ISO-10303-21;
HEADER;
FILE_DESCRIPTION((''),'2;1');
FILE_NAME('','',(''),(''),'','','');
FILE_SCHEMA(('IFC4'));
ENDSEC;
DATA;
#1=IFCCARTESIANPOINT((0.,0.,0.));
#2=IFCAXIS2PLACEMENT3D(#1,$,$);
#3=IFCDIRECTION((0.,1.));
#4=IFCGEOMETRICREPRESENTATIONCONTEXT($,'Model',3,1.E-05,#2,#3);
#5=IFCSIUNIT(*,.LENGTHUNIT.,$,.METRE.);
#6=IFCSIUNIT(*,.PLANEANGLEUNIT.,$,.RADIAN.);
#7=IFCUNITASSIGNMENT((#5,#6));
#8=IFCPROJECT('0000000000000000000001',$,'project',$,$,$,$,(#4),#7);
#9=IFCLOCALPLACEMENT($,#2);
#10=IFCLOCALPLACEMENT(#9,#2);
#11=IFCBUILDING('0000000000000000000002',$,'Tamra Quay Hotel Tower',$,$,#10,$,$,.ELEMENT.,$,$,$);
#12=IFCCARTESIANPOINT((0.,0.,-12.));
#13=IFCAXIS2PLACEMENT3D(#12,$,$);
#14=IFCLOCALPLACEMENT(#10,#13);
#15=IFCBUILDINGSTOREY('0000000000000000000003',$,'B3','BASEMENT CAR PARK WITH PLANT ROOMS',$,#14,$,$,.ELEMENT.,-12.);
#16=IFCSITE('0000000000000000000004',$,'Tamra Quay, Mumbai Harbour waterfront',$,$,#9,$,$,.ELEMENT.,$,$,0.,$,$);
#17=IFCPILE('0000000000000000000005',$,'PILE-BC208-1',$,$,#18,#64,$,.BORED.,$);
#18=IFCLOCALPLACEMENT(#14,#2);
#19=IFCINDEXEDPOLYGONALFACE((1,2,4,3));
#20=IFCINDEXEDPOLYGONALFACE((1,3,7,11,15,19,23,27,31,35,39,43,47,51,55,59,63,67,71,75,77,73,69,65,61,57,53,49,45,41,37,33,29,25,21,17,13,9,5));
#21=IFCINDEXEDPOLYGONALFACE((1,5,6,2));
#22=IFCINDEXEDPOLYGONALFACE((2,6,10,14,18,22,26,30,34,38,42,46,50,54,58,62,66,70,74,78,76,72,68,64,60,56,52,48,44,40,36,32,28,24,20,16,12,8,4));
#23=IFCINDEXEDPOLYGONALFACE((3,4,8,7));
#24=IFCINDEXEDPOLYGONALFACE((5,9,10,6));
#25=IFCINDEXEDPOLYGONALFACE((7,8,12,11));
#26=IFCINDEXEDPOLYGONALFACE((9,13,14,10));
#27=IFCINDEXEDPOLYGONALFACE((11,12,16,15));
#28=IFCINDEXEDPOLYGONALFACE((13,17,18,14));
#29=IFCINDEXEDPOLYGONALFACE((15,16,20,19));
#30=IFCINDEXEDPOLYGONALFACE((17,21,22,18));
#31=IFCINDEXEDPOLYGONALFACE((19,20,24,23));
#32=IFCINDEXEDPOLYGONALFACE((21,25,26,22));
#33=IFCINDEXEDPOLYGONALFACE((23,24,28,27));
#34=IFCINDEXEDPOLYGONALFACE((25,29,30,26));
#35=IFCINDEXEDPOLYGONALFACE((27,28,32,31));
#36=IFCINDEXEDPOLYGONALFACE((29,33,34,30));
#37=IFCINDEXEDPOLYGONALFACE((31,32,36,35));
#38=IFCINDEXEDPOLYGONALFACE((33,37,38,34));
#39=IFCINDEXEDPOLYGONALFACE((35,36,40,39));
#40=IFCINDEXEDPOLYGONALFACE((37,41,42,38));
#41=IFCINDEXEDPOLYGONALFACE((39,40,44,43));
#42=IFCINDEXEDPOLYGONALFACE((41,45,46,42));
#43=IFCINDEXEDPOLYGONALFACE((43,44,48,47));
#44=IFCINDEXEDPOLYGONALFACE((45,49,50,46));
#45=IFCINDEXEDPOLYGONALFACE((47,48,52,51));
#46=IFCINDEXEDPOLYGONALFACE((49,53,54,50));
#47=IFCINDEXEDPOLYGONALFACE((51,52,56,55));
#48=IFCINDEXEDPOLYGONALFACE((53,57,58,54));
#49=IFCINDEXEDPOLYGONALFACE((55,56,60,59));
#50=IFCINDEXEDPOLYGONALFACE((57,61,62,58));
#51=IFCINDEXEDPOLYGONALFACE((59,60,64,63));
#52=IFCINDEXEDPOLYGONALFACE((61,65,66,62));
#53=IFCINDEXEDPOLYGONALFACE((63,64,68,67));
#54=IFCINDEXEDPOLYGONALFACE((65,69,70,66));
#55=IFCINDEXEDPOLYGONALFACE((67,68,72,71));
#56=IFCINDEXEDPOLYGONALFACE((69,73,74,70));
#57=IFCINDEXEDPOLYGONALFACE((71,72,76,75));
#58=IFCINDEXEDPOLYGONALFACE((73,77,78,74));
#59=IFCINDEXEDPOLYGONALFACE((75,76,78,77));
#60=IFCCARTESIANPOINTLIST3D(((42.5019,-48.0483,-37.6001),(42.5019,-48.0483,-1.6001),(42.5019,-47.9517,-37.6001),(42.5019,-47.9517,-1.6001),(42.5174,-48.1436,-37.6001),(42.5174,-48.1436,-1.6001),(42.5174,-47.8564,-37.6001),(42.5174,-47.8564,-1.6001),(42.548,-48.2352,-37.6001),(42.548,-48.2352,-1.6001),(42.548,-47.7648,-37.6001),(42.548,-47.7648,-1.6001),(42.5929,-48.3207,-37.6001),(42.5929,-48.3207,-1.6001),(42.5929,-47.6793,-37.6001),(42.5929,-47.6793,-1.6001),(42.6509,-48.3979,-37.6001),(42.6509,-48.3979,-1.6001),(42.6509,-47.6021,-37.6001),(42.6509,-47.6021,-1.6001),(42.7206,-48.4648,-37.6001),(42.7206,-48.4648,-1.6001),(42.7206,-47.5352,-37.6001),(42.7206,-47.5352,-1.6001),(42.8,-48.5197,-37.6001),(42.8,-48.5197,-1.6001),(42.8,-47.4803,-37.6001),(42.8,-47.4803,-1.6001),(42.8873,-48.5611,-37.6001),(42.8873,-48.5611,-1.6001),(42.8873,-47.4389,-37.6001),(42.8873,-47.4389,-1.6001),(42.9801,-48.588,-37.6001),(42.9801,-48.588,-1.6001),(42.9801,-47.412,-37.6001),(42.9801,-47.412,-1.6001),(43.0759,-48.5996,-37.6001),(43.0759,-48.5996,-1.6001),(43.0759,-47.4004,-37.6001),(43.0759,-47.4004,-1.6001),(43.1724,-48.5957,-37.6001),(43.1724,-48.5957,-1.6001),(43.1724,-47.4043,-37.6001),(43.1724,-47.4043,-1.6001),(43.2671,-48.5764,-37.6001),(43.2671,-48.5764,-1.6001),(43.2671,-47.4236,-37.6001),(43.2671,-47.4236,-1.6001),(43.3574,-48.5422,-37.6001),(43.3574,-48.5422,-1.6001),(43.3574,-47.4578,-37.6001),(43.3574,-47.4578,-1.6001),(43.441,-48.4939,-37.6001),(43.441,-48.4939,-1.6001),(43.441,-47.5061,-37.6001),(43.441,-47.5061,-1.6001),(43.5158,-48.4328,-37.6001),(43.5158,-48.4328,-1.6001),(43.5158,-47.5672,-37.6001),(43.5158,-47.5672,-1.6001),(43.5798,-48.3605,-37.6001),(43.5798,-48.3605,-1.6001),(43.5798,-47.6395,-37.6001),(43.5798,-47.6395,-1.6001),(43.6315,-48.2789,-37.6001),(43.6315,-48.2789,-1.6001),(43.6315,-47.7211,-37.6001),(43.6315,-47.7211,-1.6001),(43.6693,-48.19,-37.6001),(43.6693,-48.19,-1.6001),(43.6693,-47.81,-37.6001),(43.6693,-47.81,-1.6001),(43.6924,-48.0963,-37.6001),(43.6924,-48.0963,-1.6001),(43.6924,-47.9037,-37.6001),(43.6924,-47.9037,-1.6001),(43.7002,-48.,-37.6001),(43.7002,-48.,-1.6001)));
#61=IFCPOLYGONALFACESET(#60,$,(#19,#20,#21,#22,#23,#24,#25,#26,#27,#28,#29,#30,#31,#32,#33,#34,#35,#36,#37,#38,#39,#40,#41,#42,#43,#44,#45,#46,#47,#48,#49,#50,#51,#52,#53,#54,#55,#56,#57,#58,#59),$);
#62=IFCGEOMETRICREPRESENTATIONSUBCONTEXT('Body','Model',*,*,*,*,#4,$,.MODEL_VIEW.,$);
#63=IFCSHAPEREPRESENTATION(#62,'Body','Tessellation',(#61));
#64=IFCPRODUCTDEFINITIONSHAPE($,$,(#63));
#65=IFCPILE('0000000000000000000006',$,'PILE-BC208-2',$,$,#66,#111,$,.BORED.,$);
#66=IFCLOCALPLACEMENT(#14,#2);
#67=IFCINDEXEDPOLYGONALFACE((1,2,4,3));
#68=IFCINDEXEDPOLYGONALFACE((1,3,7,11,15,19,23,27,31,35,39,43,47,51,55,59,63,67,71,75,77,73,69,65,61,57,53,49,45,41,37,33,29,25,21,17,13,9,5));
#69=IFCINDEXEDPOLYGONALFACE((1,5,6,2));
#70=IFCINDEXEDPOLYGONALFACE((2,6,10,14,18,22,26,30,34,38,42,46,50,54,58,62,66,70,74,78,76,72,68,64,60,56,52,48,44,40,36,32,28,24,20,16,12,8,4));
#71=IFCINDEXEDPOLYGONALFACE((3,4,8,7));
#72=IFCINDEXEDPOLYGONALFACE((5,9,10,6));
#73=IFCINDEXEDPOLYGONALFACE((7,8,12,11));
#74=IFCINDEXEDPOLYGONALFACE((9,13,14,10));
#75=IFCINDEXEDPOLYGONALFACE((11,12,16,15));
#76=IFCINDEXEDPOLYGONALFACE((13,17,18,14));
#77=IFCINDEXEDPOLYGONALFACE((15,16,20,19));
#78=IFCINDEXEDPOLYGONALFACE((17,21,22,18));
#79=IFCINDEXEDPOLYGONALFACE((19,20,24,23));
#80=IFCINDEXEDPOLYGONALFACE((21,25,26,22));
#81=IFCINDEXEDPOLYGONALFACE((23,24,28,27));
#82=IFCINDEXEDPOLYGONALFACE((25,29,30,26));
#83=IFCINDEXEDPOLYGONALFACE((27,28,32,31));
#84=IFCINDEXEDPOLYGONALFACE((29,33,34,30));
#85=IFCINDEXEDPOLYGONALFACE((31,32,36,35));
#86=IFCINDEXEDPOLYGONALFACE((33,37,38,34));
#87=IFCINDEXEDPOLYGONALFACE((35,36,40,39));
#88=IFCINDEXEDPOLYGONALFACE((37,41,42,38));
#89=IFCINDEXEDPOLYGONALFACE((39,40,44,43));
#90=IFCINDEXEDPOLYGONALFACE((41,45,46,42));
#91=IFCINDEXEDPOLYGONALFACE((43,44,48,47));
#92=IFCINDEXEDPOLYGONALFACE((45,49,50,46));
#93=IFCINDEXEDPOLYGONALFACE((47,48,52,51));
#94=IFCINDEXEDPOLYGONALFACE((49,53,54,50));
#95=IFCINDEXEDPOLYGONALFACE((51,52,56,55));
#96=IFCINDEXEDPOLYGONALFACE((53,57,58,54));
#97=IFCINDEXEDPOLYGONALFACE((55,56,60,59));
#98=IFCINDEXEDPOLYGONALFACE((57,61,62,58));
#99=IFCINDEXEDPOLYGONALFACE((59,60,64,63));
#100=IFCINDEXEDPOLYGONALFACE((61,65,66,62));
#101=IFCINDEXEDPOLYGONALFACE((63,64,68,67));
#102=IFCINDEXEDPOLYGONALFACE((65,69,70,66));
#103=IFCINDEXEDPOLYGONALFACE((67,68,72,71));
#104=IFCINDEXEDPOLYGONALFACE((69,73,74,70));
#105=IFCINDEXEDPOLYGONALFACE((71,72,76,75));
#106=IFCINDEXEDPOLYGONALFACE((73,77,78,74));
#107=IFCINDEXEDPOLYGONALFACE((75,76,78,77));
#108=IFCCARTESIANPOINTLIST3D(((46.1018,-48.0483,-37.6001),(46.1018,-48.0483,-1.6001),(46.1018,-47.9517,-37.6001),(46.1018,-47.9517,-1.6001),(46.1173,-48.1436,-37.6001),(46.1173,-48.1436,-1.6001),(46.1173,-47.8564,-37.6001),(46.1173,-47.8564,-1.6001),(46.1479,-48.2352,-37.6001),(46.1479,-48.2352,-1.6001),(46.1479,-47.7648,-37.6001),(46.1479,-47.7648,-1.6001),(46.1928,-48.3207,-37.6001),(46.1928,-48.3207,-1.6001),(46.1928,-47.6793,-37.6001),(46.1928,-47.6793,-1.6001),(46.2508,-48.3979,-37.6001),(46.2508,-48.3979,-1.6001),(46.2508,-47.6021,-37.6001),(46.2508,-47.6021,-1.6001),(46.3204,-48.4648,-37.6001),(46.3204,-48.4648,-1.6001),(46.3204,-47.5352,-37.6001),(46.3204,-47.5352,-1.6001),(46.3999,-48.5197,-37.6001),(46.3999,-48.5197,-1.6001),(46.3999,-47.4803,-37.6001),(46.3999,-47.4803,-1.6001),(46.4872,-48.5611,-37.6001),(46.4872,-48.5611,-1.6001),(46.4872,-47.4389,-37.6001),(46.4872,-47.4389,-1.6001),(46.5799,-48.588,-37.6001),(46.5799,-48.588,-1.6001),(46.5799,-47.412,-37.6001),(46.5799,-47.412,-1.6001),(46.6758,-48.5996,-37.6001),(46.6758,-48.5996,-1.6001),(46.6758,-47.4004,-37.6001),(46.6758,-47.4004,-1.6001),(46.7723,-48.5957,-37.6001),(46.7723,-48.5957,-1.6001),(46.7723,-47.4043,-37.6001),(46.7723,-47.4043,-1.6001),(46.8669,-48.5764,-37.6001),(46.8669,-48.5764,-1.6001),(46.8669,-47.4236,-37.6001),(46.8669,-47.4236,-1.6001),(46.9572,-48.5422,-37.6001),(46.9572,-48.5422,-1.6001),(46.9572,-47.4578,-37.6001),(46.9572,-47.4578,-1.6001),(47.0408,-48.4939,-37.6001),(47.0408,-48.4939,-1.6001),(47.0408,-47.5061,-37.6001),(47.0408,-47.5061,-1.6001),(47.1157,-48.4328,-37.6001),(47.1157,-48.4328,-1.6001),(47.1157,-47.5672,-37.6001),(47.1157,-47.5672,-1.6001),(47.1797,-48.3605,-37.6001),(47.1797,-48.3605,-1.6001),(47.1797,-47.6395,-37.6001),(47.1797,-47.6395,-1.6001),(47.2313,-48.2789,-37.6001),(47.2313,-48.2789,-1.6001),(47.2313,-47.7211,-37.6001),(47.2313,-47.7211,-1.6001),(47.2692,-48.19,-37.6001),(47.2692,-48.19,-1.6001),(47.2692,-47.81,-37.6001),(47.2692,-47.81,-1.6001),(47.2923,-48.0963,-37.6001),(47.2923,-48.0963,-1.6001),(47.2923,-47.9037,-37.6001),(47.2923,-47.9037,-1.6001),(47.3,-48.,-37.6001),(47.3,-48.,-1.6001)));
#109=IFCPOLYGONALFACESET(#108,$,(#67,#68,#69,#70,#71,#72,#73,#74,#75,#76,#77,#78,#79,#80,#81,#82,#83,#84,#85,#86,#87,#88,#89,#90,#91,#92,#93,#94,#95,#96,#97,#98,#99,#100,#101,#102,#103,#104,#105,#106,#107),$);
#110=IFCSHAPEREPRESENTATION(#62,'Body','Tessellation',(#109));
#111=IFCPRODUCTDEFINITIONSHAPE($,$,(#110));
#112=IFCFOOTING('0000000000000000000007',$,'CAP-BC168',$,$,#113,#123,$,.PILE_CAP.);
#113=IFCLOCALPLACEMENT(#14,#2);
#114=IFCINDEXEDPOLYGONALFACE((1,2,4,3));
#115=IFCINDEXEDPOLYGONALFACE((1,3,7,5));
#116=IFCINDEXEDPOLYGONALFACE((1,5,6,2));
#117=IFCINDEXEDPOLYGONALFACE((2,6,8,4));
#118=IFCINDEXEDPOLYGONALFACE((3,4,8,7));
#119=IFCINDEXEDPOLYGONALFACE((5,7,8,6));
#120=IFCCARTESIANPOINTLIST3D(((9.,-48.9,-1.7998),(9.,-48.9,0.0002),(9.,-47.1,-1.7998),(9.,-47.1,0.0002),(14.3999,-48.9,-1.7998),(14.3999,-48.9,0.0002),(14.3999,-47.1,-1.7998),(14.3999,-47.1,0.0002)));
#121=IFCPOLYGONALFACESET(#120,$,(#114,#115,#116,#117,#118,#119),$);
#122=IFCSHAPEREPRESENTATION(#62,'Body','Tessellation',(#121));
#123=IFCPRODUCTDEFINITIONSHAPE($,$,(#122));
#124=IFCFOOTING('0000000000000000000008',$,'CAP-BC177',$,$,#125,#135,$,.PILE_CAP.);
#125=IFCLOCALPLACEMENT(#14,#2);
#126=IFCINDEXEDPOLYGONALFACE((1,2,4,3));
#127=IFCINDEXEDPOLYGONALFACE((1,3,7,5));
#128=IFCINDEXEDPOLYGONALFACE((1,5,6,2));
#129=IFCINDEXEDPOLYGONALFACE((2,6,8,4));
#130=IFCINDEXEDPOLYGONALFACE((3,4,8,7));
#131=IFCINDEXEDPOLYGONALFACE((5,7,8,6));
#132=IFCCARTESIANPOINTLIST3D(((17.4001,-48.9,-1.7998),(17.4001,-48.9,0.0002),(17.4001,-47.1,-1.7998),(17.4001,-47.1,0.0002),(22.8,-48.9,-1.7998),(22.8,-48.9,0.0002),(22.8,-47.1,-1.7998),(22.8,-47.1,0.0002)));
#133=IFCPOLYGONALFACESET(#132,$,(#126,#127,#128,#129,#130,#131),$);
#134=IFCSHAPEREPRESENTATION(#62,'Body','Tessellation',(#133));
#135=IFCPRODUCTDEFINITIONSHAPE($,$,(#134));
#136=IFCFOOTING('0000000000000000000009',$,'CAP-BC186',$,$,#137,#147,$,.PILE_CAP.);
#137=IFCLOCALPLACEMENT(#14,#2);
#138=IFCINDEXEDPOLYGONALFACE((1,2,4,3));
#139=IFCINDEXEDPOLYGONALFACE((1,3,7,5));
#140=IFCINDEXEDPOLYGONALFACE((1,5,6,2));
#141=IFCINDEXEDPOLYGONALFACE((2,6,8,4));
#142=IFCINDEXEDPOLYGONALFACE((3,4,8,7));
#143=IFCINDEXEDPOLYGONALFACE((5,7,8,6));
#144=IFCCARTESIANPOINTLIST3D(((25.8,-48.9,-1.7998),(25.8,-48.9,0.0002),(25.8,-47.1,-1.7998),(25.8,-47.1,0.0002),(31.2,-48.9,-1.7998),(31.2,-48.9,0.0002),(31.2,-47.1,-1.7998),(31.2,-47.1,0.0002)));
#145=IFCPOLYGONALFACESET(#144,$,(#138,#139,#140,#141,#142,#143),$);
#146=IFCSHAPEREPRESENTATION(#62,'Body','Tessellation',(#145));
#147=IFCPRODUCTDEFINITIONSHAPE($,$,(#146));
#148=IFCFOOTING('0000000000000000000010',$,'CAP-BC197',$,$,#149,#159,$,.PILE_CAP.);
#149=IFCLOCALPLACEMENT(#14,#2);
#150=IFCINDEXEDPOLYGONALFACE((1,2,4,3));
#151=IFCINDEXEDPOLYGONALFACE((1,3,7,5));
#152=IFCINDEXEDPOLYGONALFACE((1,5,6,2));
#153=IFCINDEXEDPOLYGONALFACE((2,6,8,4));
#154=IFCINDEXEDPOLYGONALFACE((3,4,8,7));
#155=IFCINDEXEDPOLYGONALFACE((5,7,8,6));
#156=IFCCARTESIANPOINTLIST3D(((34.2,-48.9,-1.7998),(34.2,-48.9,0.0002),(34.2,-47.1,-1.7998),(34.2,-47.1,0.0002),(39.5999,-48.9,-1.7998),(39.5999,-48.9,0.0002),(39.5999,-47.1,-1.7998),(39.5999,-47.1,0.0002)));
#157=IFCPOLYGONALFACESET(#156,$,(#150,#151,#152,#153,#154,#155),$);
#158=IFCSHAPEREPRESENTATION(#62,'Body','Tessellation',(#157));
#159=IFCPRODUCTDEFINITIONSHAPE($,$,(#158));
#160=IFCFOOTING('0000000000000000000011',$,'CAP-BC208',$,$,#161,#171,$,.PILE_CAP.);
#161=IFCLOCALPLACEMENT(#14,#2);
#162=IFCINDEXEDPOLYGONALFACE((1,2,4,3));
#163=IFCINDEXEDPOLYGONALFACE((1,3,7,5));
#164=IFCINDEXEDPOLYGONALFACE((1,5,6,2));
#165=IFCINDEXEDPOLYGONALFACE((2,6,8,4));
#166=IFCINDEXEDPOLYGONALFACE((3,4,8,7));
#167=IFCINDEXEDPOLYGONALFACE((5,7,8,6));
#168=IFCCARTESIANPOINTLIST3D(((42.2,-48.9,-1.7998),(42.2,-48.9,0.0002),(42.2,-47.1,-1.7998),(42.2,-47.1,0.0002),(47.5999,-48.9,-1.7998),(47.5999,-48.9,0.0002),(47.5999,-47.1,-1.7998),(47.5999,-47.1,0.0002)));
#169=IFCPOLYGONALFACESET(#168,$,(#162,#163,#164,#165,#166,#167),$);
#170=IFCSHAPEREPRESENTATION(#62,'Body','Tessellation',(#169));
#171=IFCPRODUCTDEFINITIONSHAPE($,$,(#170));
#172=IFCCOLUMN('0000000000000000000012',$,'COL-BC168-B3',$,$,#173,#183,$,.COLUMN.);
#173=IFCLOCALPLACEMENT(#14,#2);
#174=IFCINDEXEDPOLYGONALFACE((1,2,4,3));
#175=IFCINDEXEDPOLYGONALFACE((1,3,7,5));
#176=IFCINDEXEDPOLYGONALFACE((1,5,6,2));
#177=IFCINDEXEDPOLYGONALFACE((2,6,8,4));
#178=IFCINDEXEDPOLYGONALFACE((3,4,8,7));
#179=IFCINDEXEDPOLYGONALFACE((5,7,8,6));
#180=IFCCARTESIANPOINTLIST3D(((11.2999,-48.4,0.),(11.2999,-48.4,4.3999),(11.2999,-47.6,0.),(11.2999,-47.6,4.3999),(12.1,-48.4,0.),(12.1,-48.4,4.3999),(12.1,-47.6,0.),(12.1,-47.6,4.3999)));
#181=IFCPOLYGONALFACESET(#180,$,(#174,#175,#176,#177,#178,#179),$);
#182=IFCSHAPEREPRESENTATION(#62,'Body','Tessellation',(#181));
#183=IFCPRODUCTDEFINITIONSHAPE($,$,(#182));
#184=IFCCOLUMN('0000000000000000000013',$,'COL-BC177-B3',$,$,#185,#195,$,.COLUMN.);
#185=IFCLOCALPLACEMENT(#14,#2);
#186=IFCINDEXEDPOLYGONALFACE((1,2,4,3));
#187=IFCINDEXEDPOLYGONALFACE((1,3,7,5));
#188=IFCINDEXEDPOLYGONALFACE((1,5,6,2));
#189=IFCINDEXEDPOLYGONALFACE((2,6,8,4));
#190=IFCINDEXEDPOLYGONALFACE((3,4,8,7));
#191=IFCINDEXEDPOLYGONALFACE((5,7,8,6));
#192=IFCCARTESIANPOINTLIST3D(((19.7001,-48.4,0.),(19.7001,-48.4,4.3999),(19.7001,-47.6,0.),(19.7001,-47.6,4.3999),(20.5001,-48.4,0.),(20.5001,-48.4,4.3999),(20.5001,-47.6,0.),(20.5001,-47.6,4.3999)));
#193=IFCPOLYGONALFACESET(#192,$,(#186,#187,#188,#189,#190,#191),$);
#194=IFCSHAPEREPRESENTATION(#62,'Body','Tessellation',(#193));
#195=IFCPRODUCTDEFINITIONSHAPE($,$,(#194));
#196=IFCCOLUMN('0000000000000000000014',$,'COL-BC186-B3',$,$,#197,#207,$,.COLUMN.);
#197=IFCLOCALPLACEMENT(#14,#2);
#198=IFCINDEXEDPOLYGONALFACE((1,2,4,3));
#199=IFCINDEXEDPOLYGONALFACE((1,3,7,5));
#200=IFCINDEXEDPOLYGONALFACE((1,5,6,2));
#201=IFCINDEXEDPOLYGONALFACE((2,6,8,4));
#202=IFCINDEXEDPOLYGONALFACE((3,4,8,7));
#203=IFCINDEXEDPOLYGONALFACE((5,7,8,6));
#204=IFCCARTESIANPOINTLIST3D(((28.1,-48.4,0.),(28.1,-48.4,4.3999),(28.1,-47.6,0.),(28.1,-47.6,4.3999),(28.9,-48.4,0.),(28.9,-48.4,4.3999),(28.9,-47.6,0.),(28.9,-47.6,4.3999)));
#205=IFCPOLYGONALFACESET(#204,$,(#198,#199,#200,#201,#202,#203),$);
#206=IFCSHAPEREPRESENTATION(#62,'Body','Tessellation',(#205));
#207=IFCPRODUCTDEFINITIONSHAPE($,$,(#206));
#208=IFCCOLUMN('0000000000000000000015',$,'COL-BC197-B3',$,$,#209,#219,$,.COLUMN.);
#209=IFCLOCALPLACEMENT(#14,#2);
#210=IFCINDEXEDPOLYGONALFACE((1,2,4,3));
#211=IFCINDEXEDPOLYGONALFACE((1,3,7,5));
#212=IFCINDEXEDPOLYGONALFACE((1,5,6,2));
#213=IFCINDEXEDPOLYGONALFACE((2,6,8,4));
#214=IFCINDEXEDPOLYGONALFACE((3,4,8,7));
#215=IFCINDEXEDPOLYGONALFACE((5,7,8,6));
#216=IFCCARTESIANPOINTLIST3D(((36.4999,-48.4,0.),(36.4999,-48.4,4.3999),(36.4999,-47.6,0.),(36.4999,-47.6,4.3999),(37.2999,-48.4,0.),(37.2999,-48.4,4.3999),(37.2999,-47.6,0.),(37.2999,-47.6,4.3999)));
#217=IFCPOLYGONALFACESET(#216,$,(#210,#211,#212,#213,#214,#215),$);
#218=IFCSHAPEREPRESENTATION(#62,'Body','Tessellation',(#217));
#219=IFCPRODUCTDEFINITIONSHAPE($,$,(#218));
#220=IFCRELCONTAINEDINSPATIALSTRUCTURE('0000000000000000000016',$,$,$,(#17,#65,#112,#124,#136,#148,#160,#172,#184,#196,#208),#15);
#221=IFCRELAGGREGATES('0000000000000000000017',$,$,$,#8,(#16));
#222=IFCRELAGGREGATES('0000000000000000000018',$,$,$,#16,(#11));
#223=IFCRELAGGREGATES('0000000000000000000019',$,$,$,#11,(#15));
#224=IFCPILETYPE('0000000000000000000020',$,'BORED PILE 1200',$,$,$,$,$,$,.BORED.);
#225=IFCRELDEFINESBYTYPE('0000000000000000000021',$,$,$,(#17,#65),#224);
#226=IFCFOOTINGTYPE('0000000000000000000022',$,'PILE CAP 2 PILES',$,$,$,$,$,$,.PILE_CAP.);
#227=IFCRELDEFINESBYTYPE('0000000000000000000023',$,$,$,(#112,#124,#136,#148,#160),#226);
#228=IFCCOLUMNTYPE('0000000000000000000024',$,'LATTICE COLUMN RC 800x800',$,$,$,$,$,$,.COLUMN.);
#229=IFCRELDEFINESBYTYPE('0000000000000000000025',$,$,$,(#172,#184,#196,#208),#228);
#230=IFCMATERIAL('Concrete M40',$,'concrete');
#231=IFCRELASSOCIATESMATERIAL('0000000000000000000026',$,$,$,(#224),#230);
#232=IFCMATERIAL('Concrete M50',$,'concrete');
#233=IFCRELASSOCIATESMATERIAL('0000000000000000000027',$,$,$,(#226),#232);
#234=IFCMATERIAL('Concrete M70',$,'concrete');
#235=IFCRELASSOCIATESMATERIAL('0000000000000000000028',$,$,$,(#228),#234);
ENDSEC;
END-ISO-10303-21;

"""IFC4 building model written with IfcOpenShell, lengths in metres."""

from ifc_helpers import new_model, si_unit, direction, frame, origin, origin_2d, place, context, subcontext, project, spatial, rectangle, circle, extrude, material, material_profile, profile_set, type_object, element, save


model = new_model("IFC4")

# Units and contexts
model_context = context("Model", 3, precision=1e-05, world=origin(), true_north=direction((0.0, 1.0)))
body_context = subcontext(model_context, "Body", "Model", "MODEL_VIEW")
ifc_project = project(units=[si_unit("LENGTHUNIT", "METRE"), si_unit("PLANEANGLEUNIT", "RADIAN")], contexts=[model_context])

# Site, building, storey
site_placement = place(None, origin())
site = spatial("IfcSite", under=ifc_project, at=site_placement, Name="Tamra Quay, Mumbai Harbour waterfront", CompositionType="ELEMENT", RefElevation=0.0)
building_placement = place(site_placement, origin())
building = spatial("IfcBuilding", under=site, at=building_placement, Name="Tamra Quay Hotel Tower", CompositionType="ELEMENT")
storey_placement = place(building_placement, frame((0.0, 0.0, -12.0)))
storey = spatial("IfcBuildingStorey", under=building, at=storey_placement, Name="B3", Description="BASEMENT CAR PARK WITH PLANT ROOMS", CompositionType="ELEMENT", Elevation=-12.0)

# Piles
ifc_material_1 = material(Name="Concrete M40", Category="concrete")
ifc_material_profile_1 = material_profile(ifc_material_1, circle(Radius=0.6001, at=origin_2d()), Name="BORED PILE 1200")
ifc_profile_set_1 = profile_set([ifc_material_profile_1], Name="Concrete M40")
pile_type = type_object("IfcPileType", Name="BORED PILE 1200", PredefinedType="BORED", material=ifc_profile_set_1)
for number, where, z_axis, x_axis, name in (
    (1, (43.1001, -48.0, -1.6001), (0.0, 0.0, -1.0), (1.0, 0.0, 0.0), "PILE-BC208-1"),
    (2, (46.7, -48.0, -1.6001), (0.0, 0.0, -1.0), (1.0, 0.0, 0.0), "PILE-BC208-2"),
):
    element("IfcPile", number, at=place(storey_placement, frame(where, z_axis=z_axis, x_axis=x_axis)), inside=storey, type_object=pile_type, Name=name, PredefinedType="BORED", context=body_context, shape_type="SweptSolid", body=[
        extrude(circle(Radius=0.6001, at=origin_2d()), origin(), (0.0, 0.0, 1.0), 36.0),
    ])

# Footings
ifc_material_2 = material(Name="Concrete M50", Category="concrete")
footing_type = type_object("IfcFootingType", Name="PILE CAP 2 PILES", PredefinedType="PILE_CAP", material=ifc_material_2)
for number, where, z_axis, x_axis, name in (
    (3, (11.7, -48.0, -1.7998), (0.0, 0.0, 1.0), (1.0, 0.0, 0.0), "CAP-BC168"),
    (4, (20.1001, -48.0, -1.7998), (0.0, 0.0, 1.0), (1.0, 0.0, 0.0), "CAP-BC177"),
    (5, (28.5, -48.0, -1.7998), (0.0, 0.0, 1.0), (1.0, 0.0, 0.0), "CAP-BC186"),
    (6, (36.8999, -48.0, -1.7998), (0.0, 0.0, 1.0), (1.0, 0.0, 0.0), "CAP-BC197"),
    (7, (44.8999, -48.0, -1.7998), (0.0, 0.0, 1.0), (1.0, 0.0, 0.0), "CAP-BC208"),
):
    element("IfcFooting", number, at=place(storey_placement, frame(where, z_axis=z_axis, x_axis=x_axis)), inside=storey, type_object=footing_type, Name=name, PredefinedType="PILE_CAP", context=body_context, shape_type="SweptSolid", body=[
        extrude(rectangle(XDim=5.3999, YDim=1.8, at=origin_2d()), origin(), (0.0, 0.0, 1.0), 1.8),
    ])

# Columns
ifc_material_3 = material(Name="Concrete M70", Category="concrete")
ifc_material_profile_2 = material_profile(ifc_material_3, rectangle(XDim=0.8, YDim=0.8, at=origin_2d()), Name="LATTICE COLUMN RC 800x800")
ifc_profile_set_2 = profile_set([ifc_material_profile_2], Name="Concrete M70")
column_type = type_object("IfcColumnType", Name="LATTICE COLUMN RC 800x800", PredefinedType="COLUMN", material=ifc_profile_set_2)
for number, where, z_axis, x_axis, name in (
    (8, (11.7, -48.0, 0.0), (0.0, 0.0, 1.0), (1.0, 0.0, 0.0), "COL-BC168-B3"),
    (9, (20.1001, -48.0, 0.0), (0.0, 0.0, 1.0), (1.0, 0.0, 0.0), "COL-BC177-B3"),
    (10, (28.5, -48.0, 0.0), (0.0, 0.0, 1.0), (1.0, 0.0, 0.0), "COL-BC186-B3"),
    (11, (36.8999, -48.0, 0.0), (0.0, 0.0, 1.0), (1.0, 0.0, 0.0), "COL-BC197-B3"),
):
    element("IfcColumn", number, at=place(storey_placement, frame(where, z_axis=z_axis, x_axis=x_axis)), inside=storey, type_object=column_type, Name=name, PredefinedType="COLUMN", context=body_context, shape_type="SweptSolid", body=[
        extrude(rectangle(XDim=0.8, YDim=0.8, at=origin_2d()), origin(), (0.0, 0.0, 1.0), 4.3999),
    ])

save(model, "model.ifc")
